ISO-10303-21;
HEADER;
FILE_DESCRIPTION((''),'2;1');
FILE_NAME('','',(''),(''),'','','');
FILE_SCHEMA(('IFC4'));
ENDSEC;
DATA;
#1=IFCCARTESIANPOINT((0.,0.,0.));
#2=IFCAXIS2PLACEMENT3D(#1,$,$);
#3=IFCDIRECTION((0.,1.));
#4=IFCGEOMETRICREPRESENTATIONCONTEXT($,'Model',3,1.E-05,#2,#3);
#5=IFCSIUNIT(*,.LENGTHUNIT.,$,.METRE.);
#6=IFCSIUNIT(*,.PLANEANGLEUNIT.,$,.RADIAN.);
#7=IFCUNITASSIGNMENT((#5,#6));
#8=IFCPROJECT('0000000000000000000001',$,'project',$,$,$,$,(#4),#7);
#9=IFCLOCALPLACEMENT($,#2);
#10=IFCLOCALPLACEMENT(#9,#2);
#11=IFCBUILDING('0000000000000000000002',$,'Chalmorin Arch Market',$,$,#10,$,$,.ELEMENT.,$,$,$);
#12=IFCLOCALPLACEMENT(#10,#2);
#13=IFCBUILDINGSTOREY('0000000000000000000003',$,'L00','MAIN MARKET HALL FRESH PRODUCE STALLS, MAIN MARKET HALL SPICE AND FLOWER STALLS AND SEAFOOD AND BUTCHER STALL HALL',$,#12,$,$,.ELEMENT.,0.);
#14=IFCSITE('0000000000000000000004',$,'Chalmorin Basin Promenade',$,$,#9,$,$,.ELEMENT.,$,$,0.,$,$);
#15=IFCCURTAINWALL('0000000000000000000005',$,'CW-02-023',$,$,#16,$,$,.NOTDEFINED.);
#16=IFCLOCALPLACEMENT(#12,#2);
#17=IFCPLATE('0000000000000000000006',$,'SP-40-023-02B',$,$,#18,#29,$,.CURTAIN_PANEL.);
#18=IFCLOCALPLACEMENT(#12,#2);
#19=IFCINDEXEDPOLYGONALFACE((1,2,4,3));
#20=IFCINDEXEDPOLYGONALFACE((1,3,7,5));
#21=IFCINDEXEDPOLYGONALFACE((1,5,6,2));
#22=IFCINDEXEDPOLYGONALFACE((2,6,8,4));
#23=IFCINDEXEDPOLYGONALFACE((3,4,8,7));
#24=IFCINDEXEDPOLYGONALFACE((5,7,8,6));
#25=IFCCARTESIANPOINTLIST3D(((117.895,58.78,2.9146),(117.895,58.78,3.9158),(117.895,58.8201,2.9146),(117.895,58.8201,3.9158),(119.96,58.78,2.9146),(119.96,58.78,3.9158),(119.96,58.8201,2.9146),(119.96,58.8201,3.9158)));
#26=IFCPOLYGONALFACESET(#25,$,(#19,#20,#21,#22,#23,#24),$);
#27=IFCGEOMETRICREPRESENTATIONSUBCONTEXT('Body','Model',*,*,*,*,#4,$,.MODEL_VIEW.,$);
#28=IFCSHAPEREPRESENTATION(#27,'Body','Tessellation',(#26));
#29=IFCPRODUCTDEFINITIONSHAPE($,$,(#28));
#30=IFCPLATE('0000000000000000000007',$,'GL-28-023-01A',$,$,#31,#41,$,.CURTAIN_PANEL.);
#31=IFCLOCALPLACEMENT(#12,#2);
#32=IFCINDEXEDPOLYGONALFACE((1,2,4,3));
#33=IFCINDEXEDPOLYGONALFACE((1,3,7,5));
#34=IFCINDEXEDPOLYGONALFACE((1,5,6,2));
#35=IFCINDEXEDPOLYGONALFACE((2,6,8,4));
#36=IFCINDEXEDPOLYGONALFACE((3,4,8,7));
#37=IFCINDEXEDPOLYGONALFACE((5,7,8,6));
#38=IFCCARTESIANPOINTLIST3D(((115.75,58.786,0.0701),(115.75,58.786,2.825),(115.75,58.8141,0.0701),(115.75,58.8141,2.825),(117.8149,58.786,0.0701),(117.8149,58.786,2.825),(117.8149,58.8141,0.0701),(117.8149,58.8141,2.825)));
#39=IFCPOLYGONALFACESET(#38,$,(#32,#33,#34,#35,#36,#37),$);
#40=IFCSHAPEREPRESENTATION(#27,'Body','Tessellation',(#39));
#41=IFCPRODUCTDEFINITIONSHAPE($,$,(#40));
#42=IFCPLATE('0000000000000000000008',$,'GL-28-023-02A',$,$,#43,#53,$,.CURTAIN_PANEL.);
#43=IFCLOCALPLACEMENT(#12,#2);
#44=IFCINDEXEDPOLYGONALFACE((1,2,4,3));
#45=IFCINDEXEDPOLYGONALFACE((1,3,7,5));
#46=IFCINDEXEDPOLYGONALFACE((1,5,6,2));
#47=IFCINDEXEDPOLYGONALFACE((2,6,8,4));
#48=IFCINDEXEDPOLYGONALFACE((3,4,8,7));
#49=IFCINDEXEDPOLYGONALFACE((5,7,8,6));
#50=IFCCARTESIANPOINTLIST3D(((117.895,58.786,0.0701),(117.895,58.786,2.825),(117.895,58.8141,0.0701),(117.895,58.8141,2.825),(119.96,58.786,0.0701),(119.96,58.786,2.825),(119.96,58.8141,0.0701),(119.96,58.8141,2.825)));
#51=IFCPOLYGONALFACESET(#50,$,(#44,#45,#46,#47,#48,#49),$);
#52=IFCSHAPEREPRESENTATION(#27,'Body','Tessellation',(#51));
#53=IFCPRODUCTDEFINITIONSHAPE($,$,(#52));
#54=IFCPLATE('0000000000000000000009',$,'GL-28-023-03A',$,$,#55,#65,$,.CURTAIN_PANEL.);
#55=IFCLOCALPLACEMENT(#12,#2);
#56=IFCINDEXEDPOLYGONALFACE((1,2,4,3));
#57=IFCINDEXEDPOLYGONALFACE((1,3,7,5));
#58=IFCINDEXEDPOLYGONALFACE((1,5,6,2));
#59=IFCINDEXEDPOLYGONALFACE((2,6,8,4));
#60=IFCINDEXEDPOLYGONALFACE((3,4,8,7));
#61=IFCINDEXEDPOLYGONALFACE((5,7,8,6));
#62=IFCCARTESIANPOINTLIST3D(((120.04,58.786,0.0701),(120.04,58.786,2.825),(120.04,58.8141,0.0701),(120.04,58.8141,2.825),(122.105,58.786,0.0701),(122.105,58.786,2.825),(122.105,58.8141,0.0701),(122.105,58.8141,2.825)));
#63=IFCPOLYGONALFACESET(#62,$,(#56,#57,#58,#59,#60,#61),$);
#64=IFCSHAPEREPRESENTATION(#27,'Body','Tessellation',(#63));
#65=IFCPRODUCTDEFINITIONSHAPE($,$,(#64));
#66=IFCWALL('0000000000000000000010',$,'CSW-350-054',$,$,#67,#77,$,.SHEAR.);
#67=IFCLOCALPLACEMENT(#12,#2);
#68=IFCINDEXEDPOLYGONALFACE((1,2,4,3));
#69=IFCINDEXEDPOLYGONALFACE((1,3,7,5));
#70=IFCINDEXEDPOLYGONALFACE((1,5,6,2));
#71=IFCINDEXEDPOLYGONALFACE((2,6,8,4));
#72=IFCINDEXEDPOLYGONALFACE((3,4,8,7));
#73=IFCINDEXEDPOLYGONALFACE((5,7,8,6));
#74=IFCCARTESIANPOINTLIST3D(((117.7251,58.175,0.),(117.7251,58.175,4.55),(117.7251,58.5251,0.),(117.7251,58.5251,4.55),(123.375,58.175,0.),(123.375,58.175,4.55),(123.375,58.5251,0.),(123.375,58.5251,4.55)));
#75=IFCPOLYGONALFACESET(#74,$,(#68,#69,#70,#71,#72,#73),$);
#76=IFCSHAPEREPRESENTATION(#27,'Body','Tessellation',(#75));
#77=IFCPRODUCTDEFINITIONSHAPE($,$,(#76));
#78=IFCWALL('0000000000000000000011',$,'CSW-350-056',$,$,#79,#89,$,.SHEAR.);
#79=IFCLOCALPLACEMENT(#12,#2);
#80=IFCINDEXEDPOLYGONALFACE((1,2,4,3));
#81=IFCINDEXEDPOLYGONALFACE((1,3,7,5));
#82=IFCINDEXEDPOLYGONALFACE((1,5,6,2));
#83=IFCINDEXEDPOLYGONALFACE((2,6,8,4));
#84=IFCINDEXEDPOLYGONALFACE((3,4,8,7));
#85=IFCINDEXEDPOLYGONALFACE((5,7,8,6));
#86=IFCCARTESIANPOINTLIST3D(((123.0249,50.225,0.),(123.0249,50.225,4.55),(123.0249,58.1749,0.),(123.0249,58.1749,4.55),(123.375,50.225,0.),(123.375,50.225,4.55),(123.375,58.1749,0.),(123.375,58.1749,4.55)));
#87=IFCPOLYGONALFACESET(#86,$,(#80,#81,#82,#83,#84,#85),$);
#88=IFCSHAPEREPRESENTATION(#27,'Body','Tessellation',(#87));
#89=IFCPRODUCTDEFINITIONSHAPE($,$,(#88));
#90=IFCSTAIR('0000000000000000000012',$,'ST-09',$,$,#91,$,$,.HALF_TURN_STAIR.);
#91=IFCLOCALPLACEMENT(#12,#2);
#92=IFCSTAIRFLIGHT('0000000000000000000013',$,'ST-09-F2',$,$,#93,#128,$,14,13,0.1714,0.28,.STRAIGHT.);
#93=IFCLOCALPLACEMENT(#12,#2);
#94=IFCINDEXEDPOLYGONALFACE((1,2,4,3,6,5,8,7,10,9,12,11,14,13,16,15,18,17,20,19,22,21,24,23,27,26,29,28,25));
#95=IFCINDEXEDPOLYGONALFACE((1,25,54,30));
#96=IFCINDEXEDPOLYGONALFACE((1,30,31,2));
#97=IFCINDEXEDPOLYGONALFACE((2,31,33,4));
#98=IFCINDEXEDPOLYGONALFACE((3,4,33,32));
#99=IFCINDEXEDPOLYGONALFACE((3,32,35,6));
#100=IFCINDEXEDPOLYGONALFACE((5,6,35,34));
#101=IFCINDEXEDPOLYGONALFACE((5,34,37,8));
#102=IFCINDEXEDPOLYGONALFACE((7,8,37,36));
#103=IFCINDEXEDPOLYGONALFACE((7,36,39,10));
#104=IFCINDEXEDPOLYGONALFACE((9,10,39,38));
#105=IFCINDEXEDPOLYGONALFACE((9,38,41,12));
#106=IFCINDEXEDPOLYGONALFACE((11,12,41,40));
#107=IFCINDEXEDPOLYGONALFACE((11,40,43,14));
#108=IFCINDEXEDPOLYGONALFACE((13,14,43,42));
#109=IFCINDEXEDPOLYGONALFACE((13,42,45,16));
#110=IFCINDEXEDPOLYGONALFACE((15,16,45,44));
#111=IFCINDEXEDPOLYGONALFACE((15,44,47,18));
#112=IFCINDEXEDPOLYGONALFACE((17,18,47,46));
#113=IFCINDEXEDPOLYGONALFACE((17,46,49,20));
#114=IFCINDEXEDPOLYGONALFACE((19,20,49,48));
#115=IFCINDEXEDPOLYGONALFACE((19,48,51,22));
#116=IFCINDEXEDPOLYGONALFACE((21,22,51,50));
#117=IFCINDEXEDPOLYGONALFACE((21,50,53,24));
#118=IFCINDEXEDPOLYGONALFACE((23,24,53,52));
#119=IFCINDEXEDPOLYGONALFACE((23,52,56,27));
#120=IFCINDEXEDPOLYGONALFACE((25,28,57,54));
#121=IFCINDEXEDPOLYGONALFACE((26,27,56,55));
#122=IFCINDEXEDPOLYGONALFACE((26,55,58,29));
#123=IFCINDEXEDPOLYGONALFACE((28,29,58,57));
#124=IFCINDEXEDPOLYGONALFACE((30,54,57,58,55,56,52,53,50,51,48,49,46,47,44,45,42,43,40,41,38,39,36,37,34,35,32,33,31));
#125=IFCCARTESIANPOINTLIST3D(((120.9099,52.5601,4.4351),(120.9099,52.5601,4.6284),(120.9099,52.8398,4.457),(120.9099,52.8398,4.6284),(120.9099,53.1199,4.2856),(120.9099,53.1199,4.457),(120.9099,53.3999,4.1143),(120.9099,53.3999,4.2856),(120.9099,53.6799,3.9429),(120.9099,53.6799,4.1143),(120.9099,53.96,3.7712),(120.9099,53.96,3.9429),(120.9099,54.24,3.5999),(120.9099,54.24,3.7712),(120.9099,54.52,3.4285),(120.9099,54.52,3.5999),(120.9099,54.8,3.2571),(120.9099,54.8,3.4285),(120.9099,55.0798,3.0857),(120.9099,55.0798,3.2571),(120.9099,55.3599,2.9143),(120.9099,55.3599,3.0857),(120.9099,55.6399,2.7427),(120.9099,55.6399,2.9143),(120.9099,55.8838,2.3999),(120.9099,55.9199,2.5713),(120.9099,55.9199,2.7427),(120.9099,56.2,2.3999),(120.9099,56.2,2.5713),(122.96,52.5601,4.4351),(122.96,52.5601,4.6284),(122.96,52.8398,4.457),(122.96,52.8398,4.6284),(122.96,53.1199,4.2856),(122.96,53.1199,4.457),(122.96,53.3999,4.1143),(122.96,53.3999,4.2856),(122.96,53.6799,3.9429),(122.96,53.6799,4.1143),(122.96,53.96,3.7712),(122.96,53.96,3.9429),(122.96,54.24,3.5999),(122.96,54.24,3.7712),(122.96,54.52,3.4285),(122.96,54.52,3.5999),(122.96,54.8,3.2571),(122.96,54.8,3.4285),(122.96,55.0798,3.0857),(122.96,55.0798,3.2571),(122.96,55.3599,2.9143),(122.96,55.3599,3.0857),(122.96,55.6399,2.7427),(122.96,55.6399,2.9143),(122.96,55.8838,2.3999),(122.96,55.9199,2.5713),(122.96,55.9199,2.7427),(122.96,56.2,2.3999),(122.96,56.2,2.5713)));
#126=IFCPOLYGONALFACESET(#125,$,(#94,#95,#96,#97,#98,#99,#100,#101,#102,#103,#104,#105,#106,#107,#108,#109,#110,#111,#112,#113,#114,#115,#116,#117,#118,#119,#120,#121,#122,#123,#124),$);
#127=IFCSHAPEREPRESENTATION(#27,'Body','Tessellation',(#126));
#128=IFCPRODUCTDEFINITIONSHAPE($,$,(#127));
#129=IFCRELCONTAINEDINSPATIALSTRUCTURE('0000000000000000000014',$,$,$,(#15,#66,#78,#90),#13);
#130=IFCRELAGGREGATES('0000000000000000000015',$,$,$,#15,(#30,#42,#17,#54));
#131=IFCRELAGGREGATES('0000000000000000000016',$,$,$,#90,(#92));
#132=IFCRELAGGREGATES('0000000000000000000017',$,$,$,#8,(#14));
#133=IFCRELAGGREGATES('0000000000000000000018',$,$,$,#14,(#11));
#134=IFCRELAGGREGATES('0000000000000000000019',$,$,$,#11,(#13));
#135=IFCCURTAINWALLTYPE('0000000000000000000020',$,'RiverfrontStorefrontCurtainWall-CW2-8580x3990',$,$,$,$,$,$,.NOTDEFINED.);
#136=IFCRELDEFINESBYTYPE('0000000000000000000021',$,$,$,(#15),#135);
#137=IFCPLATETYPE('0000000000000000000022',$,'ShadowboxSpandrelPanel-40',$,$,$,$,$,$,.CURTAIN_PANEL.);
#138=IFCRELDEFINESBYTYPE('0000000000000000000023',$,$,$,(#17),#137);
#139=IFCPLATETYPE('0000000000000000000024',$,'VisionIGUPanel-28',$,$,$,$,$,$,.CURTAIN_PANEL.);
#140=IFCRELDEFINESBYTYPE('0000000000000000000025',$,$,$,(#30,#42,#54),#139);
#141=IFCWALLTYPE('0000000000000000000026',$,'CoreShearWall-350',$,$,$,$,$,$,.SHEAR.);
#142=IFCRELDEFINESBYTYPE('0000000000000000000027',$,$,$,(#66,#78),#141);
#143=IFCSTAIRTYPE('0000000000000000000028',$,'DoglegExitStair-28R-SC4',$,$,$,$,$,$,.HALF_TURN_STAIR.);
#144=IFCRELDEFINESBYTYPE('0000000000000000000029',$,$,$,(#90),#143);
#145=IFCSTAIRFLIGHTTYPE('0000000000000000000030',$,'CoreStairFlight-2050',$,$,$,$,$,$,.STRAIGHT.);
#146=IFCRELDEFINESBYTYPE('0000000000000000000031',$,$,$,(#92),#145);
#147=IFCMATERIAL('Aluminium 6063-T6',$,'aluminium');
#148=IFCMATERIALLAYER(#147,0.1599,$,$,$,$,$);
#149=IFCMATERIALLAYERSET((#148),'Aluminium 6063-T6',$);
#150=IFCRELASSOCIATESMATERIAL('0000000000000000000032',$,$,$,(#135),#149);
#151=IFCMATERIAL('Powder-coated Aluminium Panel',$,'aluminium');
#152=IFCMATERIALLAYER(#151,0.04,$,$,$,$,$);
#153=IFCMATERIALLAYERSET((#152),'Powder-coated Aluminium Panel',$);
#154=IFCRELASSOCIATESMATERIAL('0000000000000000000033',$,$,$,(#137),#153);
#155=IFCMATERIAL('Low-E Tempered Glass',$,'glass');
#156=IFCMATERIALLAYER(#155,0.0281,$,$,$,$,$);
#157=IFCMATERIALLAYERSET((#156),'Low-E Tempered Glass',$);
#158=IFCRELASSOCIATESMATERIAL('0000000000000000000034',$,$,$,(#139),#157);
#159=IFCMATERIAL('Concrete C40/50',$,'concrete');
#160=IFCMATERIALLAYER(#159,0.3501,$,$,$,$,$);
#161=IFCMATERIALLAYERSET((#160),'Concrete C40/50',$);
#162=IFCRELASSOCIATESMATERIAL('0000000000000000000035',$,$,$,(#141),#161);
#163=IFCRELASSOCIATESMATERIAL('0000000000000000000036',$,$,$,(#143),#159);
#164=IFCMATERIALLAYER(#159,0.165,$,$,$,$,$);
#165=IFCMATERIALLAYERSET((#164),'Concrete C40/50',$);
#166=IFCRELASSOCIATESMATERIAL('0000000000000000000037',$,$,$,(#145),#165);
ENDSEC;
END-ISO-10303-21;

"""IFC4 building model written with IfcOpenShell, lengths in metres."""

from ifc_helpers import new_model, si_unit, direction, frame, frame_2d, origin, origin_2d, place, context, subcontext, project, spatial, polyline, rectangle, outline, extrude, material, layer, layer_set, type_object, element, aggregate, save


model = new_model("IFC4")

# Units and contexts
model_context = context("Model", 3, precision=1e-05, world=origin(), true_north=direction((0.0, 1.0)))
body_context = subcontext(model_context, "Body", "Model", "MODEL_VIEW")
ifc_project = project(units=[si_unit("LENGTHUNIT", "METRE"), si_unit("PLANEANGLEUNIT", "RADIAN")], contexts=[model_context])

# Site, building, storey
site_placement = place(None, origin())
site = spatial("IfcSite", under=ifc_project, at=site_placement, Name="Chalmorin Basin Promenade", CompositionType="ELEMENT", RefElevation=0.0)
building_placement = place(site_placement, origin())
building = spatial("IfcBuilding", under=site, at=building_placement, Name="Chalmorin Arch Market", CompositionType="ELEMENT")
storey_placement = place(building_placement, origin())
storey = spatial("IfcBuildingStorey", under=building, at=storey_placement, Name="L00", Description="MAIN MARKET HALL FRESH PRODUCE STALLS, MAIN MARKET HALL SPICE AND FLOWER STALLS AND SEAFOOD AND BUTCHER STALL HALL", CompositionType="ELEMENT", Elevation=0.0)

# Curtain wall
ifc_material_1 = material(Name="Aluminium 6063-T6", Category="aluminium")
ifc_layer_1 = layer(ifc_material_1, 0.1599)
ifc_layer_set_1 = layer_set([ifc_layer_1], Name="Aluminium 6063-T6")
curtain_wall_type = type_object("IfcCurtainWallType", Name="RiverfrontStorefrontCurtainWall-CW2-8580x3990", PredefinedType="NOTDEFINED", material=ifc_layer_set_1)
curtain_wall_placement = place(storey_placement, origin())
curtain_wall = element("IfcCurtainWall", 1, at=curtain_wall_placement, inside=storey, type_object=curtain_wall_type, Name="CW-02-023", PredefinedType="NOTDEFINED")

# Plates
ifc_material_2 = material(Name="Powder-coated Aluminium Panel", Category="aluminium")
ifc_layer_2 = layer(ifc_material_2, 0.04)
ifc_layer_set_2 = layer_set([ifc_layer_2], Name="Powder-coated Aluminium Panel")
plate_type_1 = type_object("IfcPlateType", Name="ShadowboxSpandrelPanel-40", PredefinedType="CURTAIN_PANEL", material=ifc_layer_set_2)
plate_1_placement = place(storey_placement, frame((118.9275, 58.8, 2.9146), z_axis=(0.0, 0.0, 1.0), x_axis=(1.0, 0.0, 0.0)))
plate_1 = element("IfcPlate", 2, at=plate_1_placement, type_object=plate_type_1, Name="SP-40-023-02B", PredefinedType="CURTAIN_PANEL", context=body_context, shape_type="SweptSolid", body=[
    extrude(rectangle(XDim=2.0649, YDim=0.04, at=origin_2d()), origin(), (0.0, 0.0, 1.0), 1.0012),
])
ifc_material_3 = material(Name="Low-E Tempered Glass", Category="glass")
ifc_layer_3 = layer(ifc_material_3, 0.0281)
ifc_layer_set_3 = layer_set([ifc_layer_3], Name="Low-E Tempered Glass")
plate_type_2 = type_object("IfcPlateType", Name="VisionIGUPanel-28", PredefinedType="CURTAIN_PANEL", material=ifc_layer_set_3)
plate_2_placement = place(storey_placement, frame((116.7825, 58.8, 0.0701), z_axis=(0.0, 0.0, 1.0), x_axis=(1.0, 0.0, 0.0)))
plate_2 = element("IfcPlate", 3, at=plate_2_placement, type_object=plate_type_2, Name="GL-28-023-01A", PredefinedType="CURTAIN_PANEL", context=body_context, shape_type="SweptSolid", body=[
    extrude(rectangle(XDim=2.0649, YDim=0.0281, at=origin_2d()), origin(), (0.0, 0.0, 1.0), 2.7549),
])
plate_3_placement = place(storey_placement, frame((118.9275, 58.8, 0.0701), z_axis=(0.0, 0.0, 1.0), x_axis=(1.0, 0.0, 0.0)))
plate_3 = element("IfcPlate", 4, at=plate_3_placement, type_object=plate_type_2, Name="GL-28-023-02A", PredefinedType="CURTAIN_PANEL", context=body_context, shape_type="SweptSolid", body=[
    extrude(rectangle(XDim=2.0649, YDim=0.0281, at=origin_2d()), origin(), (0.0, 0.0, 1.0), 2.7549),
])
plate_4_placement = place(storey_placement, frame((121.0725, 58.8, 0.0701), z_axis=(0.0, 0.0, 1.0), x_axis=(1.0, 0.0, 0.0)))
plate_4 = element("IfcPlate", 5, at=plate_4_placement, type_object=plate_type_2, Name="GL-28-023-03A", PredefinedType="CURTAIN_PANEL", context=body_context, shape_type="SweptSolid", body=[
    extrude(rectangle(XDim=2.0649, YDim=0.0281, at=origin_2d()), origin(), (0.0, 0.0, 1.0), 2.7549),
])
aggregate(curtain_wall, [plate_2, plate_3, plate_1, plate_4])

# Walls
ifc_material_4 = material(Name="Concrete C40/50", Category="concrete")
ifc_layer_4 = layer(ifc_material_4, 0.3501)
ifc_layer_set_4 = layer_set([ifc_layer_4], Name="Concrete C40/50")
wall_type = type_object("IfcWallType", Name="CoreShearWall-350", PredefinedType="SHEAR", material=ifc_layer_set_4)
wall_1_placement = place(storey_placement, frame((117.7251, 58.3501, 0.0), z_axis=(0.0, 0.0, 1.0), x_axis=(1.0, 0.0, 0.0)))
element("IfcWall", 6, at=wall_1_placement, inside=storey, type_object=wall_type, Name="CSW-350-054", PredefinedType="SHEAR", context=body_context, shape_type="SweptSolid", body=[
    extrude(rectangle(XDim=5.6499, YDim=0.3501, at=frame_2d((2.825, 0.0))), origin(), (0.0, 0.0, 1.0), 4.55),
])
wall_2_placement = place(storey_placement, frame((123.2, 58.175, 0.0), z_axis=(0.0, 0.0, 1.0), x_axis=(0.0, -1.0, 0.0)))
element("IfcWall", 7, at=wall_2_placement, inside=storey, type_object=wall_type, Name="CSW-350-056", PredefinedType="SHEAR", context=body_context, shape_type="SweptSolid", body=[
    extrude(rectangle(XDim=7.95, YDim=0.3501, at=frame_2d((3.9751, 0.0))), origin(), (0.0, 0.0, 1.0), 4.55),
])

# Stair, stair flight
stair_type = type_object("IfcStairType", Name="DoglegExitStair-28R-SC4", PredefinedType="HALF_TURN_STAIR", material=ifc_material_4)
stair_placement = place(storey_placement, origin())
stair = element("IfcStair", 8, at=stair_placement, inside=storey, type_object=stair_type, Name="ST-09", PredefinedType="HALF_TURN_STAIR")
ifc_layer_5 = layer(ifc_material_4, 0.165)
ifc_layer_set_5 = layer_set([ifc_layer_5], Name="Concrete C40/50")
stair_flight_type = type_object("IfcStairFlightType", Name="CoreStairFlight-2050", PredefinedType="STRAIGHT", material=ifc_layer_set_5)
stair_flight_placement = place(storey_placement, frame((121.9351, 56.2, 2.3999), z_axis=(0.0, 0.0, 1.0), x_axis=(0.0, -1.0, 0.0)))
stair_flight = element("IfcStairFlight", 9, at=stair_flight_placement, type_object=stair_flight_type, Name="ST-09-F2", NumberOfRisers=14, NumberOfTreads=13, PredefinedType="STRAIGHT", RiserHeight=0.1714, TreadLength=0.28, context=body_context, shape_type="SweptSolid", body=[
    extrude(outline(polyline([(0.0, 0.0), (0.0, 0.1714), (0.28, 0.1714), (0.28, 0.3428), (0.5601, 0.3428), (0.5601, 0.5144), (0.8401, 0.5144), (0.8401, 0.6858), (1.1201, 0.6858), (1.1201, 0.8572), (1.3999, 0.8572), (1.3999, 1.0286), (1.6799, 1.0286), (1.6799, 1.2), (1.96, 1.2), (1.96, 1.3713), (2.24, 1.3713), (2.24, 1.543), (2.52, 1.543), (2.52, 1.7144), (2.8, 1.7144), (2.8, 1.8857), (3.0801, 1.8857), (3.0801, 2.0571), (3.3601, 2.0571), (3.3601, 2.2285), (3.6399, 2.2285), (3.6399, 2.3999), (3.6399, 2.0352), (0.3162, 0.0), (0.0, 0.0)])), frame((0.0, 1.0249, 0.0), z_axis=(0.0, -1.0, 0.0), x_axis=(1.0, 0.0, 0.0)), (0.0, 0.0, 1.0), 2.05),
])
aggregate(stair, [stair_flight])

save(model, "model.ifc")
